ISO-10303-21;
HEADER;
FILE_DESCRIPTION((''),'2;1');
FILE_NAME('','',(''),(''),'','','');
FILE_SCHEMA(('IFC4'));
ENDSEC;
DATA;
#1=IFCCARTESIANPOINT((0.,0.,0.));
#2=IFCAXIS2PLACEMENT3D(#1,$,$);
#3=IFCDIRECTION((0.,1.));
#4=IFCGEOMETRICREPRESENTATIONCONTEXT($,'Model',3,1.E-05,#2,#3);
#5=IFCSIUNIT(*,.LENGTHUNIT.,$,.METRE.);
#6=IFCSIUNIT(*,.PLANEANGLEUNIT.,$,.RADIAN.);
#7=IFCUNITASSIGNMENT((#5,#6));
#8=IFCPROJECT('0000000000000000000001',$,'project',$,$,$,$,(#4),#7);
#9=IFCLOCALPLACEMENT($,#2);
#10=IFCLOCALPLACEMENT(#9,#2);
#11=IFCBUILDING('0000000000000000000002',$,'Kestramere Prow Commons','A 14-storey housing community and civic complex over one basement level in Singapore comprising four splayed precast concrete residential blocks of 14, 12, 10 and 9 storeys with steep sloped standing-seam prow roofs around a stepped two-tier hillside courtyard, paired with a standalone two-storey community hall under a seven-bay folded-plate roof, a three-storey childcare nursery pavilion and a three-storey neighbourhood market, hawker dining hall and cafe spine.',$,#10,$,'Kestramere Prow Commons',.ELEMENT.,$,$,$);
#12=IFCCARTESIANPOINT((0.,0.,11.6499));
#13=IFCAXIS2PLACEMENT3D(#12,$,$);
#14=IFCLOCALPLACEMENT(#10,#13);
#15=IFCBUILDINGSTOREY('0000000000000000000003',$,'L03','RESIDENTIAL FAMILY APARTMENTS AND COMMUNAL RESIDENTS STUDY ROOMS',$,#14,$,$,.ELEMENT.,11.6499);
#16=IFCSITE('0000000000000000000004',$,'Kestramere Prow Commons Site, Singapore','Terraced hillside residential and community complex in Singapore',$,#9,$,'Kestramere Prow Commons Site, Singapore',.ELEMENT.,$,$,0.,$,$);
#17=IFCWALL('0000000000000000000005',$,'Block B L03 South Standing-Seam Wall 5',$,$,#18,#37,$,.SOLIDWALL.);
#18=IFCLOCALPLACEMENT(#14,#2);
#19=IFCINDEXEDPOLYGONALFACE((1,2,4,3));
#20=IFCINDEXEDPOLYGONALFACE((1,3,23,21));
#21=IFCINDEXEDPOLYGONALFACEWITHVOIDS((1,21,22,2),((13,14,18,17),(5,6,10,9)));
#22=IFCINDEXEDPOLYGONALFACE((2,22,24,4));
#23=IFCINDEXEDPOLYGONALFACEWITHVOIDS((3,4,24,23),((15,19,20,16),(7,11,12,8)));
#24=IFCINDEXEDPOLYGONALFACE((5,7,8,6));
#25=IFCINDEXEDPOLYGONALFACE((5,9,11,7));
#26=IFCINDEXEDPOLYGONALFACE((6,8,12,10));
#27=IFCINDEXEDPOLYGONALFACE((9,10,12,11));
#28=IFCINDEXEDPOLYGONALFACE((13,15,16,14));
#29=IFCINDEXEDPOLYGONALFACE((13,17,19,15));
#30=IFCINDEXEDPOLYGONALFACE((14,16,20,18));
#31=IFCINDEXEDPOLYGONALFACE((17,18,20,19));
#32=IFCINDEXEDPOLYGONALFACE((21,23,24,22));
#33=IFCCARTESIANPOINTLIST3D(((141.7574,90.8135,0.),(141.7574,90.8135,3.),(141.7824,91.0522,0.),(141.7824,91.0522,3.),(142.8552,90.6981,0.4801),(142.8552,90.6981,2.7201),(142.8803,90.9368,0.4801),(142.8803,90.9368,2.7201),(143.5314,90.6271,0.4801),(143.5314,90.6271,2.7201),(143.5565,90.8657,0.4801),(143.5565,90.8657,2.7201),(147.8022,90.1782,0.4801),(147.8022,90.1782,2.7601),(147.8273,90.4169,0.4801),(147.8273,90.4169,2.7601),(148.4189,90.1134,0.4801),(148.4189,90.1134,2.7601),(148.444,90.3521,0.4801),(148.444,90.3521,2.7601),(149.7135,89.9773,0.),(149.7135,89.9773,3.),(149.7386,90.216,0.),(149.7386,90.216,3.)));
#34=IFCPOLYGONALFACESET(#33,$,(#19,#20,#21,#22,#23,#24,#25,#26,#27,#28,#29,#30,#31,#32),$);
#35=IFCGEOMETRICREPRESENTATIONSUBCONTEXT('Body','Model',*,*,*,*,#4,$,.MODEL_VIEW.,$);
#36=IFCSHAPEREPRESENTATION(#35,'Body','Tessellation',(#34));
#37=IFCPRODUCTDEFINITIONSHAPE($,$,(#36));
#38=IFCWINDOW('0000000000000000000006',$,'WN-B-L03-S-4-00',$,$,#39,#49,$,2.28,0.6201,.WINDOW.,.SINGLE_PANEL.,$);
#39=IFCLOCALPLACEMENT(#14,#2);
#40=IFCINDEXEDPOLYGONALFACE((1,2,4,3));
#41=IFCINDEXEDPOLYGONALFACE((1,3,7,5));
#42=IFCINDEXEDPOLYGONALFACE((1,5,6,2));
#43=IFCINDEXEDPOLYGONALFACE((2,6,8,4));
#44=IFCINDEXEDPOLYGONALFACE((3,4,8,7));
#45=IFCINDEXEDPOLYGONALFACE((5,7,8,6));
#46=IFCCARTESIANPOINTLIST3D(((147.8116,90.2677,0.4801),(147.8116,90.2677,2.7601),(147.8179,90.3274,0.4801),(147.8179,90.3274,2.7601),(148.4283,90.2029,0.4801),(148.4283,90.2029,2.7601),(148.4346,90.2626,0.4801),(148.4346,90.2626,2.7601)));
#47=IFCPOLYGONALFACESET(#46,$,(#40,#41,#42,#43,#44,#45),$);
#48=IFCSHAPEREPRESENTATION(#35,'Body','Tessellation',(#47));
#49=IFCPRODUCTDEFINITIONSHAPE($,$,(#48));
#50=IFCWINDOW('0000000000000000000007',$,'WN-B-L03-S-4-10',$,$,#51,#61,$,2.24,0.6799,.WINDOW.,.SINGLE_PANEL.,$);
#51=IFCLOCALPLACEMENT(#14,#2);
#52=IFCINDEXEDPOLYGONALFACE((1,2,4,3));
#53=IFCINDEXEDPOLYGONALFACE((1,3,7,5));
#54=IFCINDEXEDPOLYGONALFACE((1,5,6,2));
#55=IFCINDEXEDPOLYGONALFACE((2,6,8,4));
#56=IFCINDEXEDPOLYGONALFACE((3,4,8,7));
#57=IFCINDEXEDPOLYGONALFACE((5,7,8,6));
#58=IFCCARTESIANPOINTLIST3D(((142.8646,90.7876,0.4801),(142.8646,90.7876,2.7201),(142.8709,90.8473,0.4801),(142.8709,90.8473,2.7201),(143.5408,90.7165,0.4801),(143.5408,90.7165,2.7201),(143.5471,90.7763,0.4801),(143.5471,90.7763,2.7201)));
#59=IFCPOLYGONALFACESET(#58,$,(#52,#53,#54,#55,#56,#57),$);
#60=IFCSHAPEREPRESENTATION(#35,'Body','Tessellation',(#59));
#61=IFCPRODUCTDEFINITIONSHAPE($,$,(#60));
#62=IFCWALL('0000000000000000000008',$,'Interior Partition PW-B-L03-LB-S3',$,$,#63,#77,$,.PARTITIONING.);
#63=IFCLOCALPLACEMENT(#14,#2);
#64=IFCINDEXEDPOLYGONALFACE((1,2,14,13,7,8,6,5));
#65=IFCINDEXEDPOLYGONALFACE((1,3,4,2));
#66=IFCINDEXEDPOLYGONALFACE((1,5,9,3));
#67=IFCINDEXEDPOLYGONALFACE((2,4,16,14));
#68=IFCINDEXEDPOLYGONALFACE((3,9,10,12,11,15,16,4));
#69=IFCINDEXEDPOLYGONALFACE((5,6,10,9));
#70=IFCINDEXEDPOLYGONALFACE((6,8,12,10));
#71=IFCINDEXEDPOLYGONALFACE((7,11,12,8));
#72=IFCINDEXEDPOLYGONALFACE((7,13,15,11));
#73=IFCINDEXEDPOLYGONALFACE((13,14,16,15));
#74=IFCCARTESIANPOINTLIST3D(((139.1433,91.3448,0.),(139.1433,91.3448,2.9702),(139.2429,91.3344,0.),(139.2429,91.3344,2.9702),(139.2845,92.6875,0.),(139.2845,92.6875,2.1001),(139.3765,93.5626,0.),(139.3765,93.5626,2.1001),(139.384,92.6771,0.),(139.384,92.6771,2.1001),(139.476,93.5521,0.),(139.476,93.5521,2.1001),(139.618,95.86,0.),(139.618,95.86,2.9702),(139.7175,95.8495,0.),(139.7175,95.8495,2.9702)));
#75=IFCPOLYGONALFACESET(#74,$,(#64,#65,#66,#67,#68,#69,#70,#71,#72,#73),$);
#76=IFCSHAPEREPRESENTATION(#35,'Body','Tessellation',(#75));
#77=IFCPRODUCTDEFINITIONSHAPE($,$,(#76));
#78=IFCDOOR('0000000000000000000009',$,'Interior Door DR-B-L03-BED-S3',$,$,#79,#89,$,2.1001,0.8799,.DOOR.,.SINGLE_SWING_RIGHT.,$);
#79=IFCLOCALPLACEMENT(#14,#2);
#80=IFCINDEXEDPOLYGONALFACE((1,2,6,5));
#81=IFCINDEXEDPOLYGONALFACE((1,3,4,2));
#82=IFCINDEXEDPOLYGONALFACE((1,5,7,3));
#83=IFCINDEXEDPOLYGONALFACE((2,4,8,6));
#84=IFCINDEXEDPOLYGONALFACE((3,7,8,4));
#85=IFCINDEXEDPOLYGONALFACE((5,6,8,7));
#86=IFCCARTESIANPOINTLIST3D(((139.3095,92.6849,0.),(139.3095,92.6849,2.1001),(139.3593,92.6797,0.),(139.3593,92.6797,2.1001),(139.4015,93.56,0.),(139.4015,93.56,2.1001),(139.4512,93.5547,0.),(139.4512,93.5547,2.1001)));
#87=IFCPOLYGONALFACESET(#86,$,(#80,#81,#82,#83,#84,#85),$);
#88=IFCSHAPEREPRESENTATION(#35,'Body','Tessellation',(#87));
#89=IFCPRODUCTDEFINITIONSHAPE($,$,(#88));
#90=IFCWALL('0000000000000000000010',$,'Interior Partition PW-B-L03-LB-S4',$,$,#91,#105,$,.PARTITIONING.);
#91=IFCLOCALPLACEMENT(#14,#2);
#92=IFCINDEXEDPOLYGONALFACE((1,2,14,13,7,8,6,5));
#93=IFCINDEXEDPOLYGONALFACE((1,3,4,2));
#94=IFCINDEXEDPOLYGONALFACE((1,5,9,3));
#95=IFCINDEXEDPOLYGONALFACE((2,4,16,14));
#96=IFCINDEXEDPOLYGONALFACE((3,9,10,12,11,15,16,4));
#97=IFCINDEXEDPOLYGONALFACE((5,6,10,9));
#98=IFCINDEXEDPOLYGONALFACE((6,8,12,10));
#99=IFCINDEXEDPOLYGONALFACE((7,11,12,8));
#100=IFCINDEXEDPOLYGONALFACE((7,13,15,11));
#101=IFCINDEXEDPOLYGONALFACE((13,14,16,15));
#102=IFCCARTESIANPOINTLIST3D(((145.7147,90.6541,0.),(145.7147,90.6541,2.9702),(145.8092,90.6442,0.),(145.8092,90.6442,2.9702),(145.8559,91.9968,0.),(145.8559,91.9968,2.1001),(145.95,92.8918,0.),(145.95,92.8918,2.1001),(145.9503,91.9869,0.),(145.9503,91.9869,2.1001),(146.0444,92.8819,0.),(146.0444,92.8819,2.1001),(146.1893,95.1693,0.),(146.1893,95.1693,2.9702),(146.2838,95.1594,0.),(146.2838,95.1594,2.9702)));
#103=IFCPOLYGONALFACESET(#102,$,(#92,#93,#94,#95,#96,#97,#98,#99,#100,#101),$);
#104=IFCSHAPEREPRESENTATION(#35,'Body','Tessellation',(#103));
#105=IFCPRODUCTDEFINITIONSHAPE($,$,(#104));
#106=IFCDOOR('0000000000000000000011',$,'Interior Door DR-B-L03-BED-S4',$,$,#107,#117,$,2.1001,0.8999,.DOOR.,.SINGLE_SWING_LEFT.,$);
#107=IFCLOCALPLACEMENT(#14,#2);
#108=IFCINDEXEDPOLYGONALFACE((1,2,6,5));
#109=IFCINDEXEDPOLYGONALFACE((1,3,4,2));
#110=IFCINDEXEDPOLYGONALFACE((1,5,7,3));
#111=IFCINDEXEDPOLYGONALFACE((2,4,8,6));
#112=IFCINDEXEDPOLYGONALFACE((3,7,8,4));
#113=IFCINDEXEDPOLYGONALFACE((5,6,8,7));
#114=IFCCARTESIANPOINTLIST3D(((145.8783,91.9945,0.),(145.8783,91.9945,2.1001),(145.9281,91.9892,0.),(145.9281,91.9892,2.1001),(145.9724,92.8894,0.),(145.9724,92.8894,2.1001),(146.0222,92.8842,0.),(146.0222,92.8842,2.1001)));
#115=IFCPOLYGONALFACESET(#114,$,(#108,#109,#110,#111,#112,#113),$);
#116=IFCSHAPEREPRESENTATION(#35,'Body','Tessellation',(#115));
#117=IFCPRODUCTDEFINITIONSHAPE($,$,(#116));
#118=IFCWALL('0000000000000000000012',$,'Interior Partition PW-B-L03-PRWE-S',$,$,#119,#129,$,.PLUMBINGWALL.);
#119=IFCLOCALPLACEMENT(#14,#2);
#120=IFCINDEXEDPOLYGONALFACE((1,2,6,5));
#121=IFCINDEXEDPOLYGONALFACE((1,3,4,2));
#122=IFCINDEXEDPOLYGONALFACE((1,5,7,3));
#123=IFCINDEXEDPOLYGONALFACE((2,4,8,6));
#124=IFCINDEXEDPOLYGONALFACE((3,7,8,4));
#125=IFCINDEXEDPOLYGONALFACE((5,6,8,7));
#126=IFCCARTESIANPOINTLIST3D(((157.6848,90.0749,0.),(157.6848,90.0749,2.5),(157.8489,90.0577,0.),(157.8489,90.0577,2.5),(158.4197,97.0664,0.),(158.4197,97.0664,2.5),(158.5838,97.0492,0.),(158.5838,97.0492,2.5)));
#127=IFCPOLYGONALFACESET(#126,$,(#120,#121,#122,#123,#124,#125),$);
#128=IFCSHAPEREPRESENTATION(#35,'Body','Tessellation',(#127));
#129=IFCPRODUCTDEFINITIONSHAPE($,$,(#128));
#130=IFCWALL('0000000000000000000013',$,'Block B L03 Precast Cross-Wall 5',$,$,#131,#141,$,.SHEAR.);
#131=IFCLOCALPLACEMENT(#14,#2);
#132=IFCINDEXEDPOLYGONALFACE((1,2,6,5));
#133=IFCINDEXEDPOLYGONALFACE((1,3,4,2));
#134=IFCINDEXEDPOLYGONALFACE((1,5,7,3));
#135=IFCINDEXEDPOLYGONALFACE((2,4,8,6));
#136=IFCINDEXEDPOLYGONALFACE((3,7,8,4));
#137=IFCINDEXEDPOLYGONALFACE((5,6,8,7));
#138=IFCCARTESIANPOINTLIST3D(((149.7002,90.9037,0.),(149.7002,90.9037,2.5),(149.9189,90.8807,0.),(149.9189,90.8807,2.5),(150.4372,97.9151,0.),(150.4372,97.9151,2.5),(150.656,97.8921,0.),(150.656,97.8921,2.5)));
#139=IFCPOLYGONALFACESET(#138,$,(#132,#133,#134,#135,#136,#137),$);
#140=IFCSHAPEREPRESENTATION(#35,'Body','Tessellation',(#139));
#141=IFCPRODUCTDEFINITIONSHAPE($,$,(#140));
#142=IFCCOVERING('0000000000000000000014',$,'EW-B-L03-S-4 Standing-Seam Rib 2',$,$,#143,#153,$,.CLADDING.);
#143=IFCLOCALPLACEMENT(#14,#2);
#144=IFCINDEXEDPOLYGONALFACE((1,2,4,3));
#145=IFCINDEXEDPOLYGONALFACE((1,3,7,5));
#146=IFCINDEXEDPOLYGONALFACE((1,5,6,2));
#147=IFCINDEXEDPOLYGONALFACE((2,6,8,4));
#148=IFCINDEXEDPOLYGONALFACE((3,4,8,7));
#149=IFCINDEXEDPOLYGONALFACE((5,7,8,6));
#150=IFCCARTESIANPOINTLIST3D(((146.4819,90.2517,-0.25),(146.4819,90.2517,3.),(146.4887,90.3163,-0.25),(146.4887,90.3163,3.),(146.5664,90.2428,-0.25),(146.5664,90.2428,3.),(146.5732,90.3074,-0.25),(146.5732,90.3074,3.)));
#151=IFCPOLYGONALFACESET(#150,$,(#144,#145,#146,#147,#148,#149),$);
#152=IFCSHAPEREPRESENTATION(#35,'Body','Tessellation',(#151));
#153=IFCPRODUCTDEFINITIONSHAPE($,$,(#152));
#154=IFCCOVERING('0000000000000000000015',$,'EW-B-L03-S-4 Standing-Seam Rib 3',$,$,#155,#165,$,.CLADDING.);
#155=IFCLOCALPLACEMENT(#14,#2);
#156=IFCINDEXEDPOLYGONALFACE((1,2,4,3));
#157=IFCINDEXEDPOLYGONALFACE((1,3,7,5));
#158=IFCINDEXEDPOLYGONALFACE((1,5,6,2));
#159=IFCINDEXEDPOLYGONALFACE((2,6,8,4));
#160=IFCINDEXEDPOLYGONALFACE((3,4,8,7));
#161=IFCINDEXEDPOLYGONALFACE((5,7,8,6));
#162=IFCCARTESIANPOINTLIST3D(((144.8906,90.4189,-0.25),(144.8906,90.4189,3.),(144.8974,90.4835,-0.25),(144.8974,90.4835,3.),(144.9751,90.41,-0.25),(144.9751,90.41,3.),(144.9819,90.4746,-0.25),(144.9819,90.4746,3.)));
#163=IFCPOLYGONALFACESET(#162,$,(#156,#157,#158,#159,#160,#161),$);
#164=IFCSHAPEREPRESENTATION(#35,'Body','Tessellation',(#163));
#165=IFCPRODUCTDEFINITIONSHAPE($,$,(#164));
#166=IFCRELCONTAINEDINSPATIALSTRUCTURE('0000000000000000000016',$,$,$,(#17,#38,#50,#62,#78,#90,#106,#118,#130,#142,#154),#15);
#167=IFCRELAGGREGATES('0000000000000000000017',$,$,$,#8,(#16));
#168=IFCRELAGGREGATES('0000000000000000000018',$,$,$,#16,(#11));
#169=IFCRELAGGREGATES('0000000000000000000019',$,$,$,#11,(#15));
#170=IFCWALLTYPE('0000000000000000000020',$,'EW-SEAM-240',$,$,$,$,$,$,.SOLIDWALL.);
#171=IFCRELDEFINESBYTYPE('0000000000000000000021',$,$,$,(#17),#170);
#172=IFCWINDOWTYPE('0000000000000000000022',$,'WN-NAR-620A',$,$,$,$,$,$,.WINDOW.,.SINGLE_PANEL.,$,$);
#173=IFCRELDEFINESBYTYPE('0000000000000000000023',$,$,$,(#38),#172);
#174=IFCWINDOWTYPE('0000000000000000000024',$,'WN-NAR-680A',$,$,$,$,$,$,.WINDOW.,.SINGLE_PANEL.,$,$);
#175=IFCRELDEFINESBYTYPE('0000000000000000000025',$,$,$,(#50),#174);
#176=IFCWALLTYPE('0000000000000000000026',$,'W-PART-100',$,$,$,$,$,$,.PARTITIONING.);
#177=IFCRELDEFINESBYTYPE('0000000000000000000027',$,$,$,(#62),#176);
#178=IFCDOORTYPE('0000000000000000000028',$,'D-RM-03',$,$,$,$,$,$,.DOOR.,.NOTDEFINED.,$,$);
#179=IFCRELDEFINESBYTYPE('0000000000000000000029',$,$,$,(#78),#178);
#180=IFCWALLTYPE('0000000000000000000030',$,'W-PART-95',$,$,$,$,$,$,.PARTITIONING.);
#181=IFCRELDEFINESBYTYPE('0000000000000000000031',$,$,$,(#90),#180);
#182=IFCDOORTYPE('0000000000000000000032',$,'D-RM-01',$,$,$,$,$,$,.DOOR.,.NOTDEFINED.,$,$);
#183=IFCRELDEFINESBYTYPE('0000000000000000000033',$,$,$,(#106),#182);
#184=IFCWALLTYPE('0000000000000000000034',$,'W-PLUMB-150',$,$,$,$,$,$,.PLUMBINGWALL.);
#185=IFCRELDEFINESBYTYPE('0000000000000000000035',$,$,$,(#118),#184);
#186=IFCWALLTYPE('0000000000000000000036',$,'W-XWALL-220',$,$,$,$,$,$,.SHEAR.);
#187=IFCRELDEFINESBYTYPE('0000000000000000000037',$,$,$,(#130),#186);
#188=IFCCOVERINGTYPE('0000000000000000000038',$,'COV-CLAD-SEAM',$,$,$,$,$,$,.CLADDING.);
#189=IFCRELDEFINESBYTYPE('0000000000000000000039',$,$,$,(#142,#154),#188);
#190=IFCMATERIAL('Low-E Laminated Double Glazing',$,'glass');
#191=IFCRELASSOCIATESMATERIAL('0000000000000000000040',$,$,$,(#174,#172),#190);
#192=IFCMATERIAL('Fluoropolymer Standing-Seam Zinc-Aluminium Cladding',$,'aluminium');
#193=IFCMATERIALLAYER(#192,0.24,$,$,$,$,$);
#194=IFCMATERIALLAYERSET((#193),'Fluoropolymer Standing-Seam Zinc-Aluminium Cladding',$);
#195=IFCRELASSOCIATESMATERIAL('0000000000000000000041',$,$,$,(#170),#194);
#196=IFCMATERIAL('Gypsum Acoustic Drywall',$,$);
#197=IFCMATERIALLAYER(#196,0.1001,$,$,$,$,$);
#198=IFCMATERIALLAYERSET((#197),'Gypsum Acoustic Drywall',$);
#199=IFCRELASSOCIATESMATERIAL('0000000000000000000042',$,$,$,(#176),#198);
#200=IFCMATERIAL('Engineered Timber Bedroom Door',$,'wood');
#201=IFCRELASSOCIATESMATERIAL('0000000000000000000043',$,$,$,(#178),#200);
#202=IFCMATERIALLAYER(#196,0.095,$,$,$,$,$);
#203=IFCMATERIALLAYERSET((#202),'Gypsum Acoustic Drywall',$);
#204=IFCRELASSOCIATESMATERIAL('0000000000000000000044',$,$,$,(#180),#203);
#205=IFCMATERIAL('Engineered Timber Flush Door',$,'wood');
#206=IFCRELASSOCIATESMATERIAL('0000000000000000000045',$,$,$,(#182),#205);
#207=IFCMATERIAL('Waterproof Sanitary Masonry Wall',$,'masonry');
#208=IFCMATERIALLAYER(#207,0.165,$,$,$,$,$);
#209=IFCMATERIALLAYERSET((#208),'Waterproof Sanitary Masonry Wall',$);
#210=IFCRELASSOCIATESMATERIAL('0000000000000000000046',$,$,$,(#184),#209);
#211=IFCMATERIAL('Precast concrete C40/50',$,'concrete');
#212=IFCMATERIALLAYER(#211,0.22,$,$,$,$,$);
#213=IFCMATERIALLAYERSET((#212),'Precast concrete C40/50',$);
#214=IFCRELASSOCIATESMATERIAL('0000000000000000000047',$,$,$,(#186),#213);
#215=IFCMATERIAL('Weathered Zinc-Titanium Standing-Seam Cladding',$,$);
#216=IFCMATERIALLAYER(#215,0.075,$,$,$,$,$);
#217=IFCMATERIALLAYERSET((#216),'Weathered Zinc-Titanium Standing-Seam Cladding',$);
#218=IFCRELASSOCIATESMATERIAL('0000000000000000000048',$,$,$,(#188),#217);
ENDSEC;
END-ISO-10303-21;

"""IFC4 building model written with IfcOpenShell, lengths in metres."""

from ifc_helpers import new_model, si_unit, direction, frame, frame_2d, origin, origin_2d, place, context, subcontext, project, spatial, rectangle, extrude, material, layer, layer_set, type_object, element, fill, save


model = new_model("IFC4")

# Units and contexts
model_context = context("Model", 3, precision=1e-05, world=origin(), true_north=direction((0.0, 1.0)))
body_context = subcontext(model_context, "Body", "Model", "MODEL_VIEW")
ifc_project = project(units=[si_unit("LENGTHUNIT", "METRE"), si_unit("PLANEANGLEUNIT", "RADIAN")], contexts=[model_context])

# Site, building, storey
site_placement = place(None, origin())
site = spatial("IfcSite", under=ifc_project, at=site_placement, Name="Kestramere Prow Commons Site, Singapore", Description="Terraced hillside residential and community complex in Singapore", LongName="Kestramere Prow Commons Site, Singapore", CompositionType="ELEMENT", RefElevation=0.0)
building_placement = place(site_placement, origin())
building = spatial("IfcBuilding", under=site, at=building_placement, Name="Kestramere Prow Commons", Description="A 14-storey housing community and civic complex over one basement level in Singapore comprising four splayed precast concrete residential blocks of 14, 12, 10 and 9 storeys with steep sloped standing-seam prow roofs around a stepped two-tier hillside courtyard, paired with a standalone two-storey community hall under a seven-bay folded-plate roof, a three-storey childcare nursery pavilion and a three-storey neighbourhood market, hawker dining hall and cafe spine.", LongName="Kestramere Prow Commons", CompositionType="ELEMENT")
storey_placement = place(building_placement, frame((0.0, 0.0, 11.6499)))
storey = spatial("IfcBuildingStorey", under=building, at=storey_placement, Name="L03", Description="RESIDENTIAL FAMILY APARTMENTS AND COMMUNAL RESIDENTS STUDY ROOMS", CompositionType="ELEMENT", Elevation=11.6499)

# Shared definitions
ifc_material_1 = material(Name="Precast concrete C40/50", Category="concrete")

# Shared definitions
ifc_material_2 = material(Name="Weathered Zinc-Titanium Standing-Seam Cladding")
ifc_material_3 = material(Name="Low-E Laminated Double Glazing", Category="glass")
window_type_1 = type_object("IfcWindowType", Name="WN-NAR-680A", PartitioningType="SINGLE_PANEL", PredefinedType="WINDOW", material=ifc_material_3)

# Shared definitions
ifc_material_4 = material(Name="Fluoropolymer Standing-Seam Zinc-Aluminium Cladding", Category="aluminium")
ifc_layer_1 = layer(ifc_material_4, 0.24)
ifc_layer_set_1 = layer_set([ifc_layer_1], Name="Fluoropolymer Standing-Seam Zinc-Aluminium Cladding")
wall_type_1 = type_object("IfcWallType", Name="EW-SEAM-240", PredefinedType="SOLIDWALL", material=ifc_layer_set_1)

# Wall, openings, windows
wall_1_placement = place(storey_placement, frame((149.7261, 90.0967, 0.0), z_axis=(0.0, 0.0, 1.0), x_axis=(-0.994523, 0.104521, 0.0)))
wall_1 = element("IfcWall", 1, at=wall_1_placement, inside=storey, type_object=wall_type_1, Name="Block B L03 South Standing-Seam Wall 5", PredefinedType="SOLIDWALL", context=body_context, shape_type="SweptSolid", body=[
    extrude(rectangle(XDim=8.0, YDim=0.24, at=frame_2d((4.0, 0.0))), origin(), (0.0, 0.0, 1.0), 3.0),
])
opening_1_placement = place(wall_1_placement, frame((1.3018, 0.0, 0.48)))
opening_1 = element("IfcOpeningElement", 2, at=opening_1_placement, cuts=wall_1, PredefinedType="OPENING", context=body_context, shape_type="SweptSolid", body=[
    extrude(rectangle(XDim=0.6201, YDim=2.28, at=frame_2d((0.3101, 1.1401))), frame((0.0, 0.135, 0.0), z_axis=(0.0, -1.0, 0.0), x_axis=(1.0, 0.0, 0.0)), (0.0, 0.0, 1.0), 0.27),
])
opening_2_placement = place(wall_1_placement, frame((6.2163, 0.0, 0.48)))
opening_2 = element("IfcOpeningElement", 3, at=opening_2_placement, cuts=wall_1, PredefinedType="OPENING", context=body_context, shape_type="SweptSolid", body=[
    extrude(rectangle(XDim=0.6799, YDim=2.24, at=frame_2d((0.3398, 1.1201))), frame((0.0, 0.135, 0.0), z_axis=(0.0, -1.0, 0.0), x_axis=(1.0, 0.0, 0.0)), (0.0, 0.0, 1.0), 0.27),
])
window_type_2 = type_object("IfcWindowType", Name="WN-NAR-620A", PartitioningType="SINGLE_PANEL", PredefinedType="WINDOW", material=ifc_material_3)
window_1_placement = place(opening_1_placement, origin())
window_1 = element("IfcWindow", 4, at=window_1_placement, inside=storey, type_object=window_type_2, Name="WN-B-L03-S-4-00", OverallHeight=2.28, OverallWidth=0.6201, PartitioningType="SINGLE_PANEL", PredefinedType="WINDOW", context=body_context, shape_type="SweptSolid", body=[
    extrude(rectangle(XDim=0.6201, YDim=2.28, at=frame_2d((0.3101, 1.1401))), frame((0.0, 0.03, 0.0), z_axis=(0.0, -1.0, 0.0), x_axis=(1.0, 0.0, 0.0)), (0.0, 0.0, 1.0), 0.0601),
])
fill(opening_1, window_1)
window_2_placement = place(opening_2_placement, origin())
window_2 = element("IfcWindow", 5, at=window_2_placement, inside=storey, type_object=window_type_1, Name="WN-B-L03-S-4-10", OverallHeight=2.24, OverallWidth=0.6799, PartitioningType="SINGLE_PANEL", PredefinedType="WINDOW", context=body_context, shape_type="SweptSolid", body=[
    extrude(rectangle(XDim=0.6799, YDim=2.24, at=frame_2d((0.3398, 1.1201))), frame((0.0, 0.03, 0.0), z_axis=(0.0, -1.0, 0.0), x_axis=(1.0, 0.0, 0.0)), (0.0, 0.0, 1.0), 0.0601),
])
fill(opening_2, window_2)

# Walls, openings, doors
ifc_material_5 = material(Name="Gypsum Acoustic Drywall")
ifc_layer_2 = layer(ifc_material_5, 0.1001)
ifc_layer_set_2 = layer_set([ifc_layer_2], Name="Gypsum Acoustic Drywall")
wall_type_2 = type_object("IfcWallType", Name="W-PART-100", PredefinedType="PARTITIONING", material=ifc_layer_set_2)
wall_2_placement = place(storey_placement, frame((139.1931, 91.3396, 0.0), z_axis=(0.0, 0.0, 1.0), x_axis=(0.104539, 0.994521, 0.0)))
wall_2 = element("IfcWall", 6, at=wall_2_placement, inside=storey, type_object=wall_type_2, Name="Interior Partition PW-B-L03-LB-S3", PredefinedType="PARTITIONING", context=body_context, shape_type="SweptSolid", body=[
    extrude(rectangle(XDim=4.54, YDim=0.1001, at=frame_2d((2.27, 0.0))), origin(), (0.0, 0.0, 1.0), 2.9702),
])
opening_3_placement = place(wall_2_placement, frame((1.3501, 0.0, 0.0)))
opening_3 = element("IfcOpeningElement", 7, at=opening_3_placement, cuts=wall_2, PredefinedType="OPENING", context=body_context, shape_type="SweptSolid", body=[
    extrude(rectangle(XDim=0.8799, YDim=2.1001, at=frame_2d((0.4399, 1.05))), frame((0.0, 0.0649, 0.0), z_axis=(0.0, -1.0, 0.0), x_axis=(1.0, 0.0, 0.0)), (0.0, 0.0, 1.0), 0.1301),
])
ifc_material_6 = material(Name="Engineered Timber Bedroom Door", Category="wood")
door_type_1 = type_object("IfcDoorType", Name="D-RM-03", OperationType="NOTDEFINED", PredefinedType="DOOR", material=ifc_material_6)
door_1_placement = place(opening_3_placement, origin())
door_1 = element("IfcDoor", 8, at=door_1_placement, inside=storey, type_object=door_type_1, Name="Interior Door DR-B-L03-BED-S3", OperationType="SINGLE_SWING_RIGHT", OverallHeight=2.1001, OverallWidth=0.8799, PredefinedType="DOOR", context=body_context, shape_type="SweptSolid", body=[
    extrude(rectangle(XDim=0.8799, YDim=2.1001, at=frame_2d((0.4399, 1.05))), frame((0.0, 0.0249, 0.0), z_axis=(0.0, -1.0, 0.0), x_axis=(1.0, 0.0, 0.0)), (0.0, 0.0, 1.0), 0.05),
])
fill(opening_3, door_1)
ifc_layer_3 = layer(ifc_material_5, 0.095)
ifc_layer_set_3 = layer_set([ifc_layer_3], Name="Gypsum Acoustic Drywall")
wall_type_3 = type_object("IfcWallType", Name="W-PART-95", PredefinedType="PARTITIONING", material=ifc_layer_set_3)
wall_3_placement = place(storey_placement, frame((145.762, 90.6492, 0.0), z_axis=(0.0, 0.0, 1.0), x_axis=(0.104539, 0.994521, 0.0)))
wall_3 = element("IfcWall", 9, at=wall_3_placement, inside=storey, type_object=wall_type_3, Name="Interior Partition PW-B-L03-LB-S4", PredefinedType="PARTITIONING", context=body_context, shape_type="SweptSolid", body=[
    extrude(rectangle(XDim=4.54, YDim=0.095, at=frame_2d((2.27, 0.0))), origin(), (0.0, 0.0, 1.0), 2.9702),
])
opening_4_placement = place(wall_3_placement, frame((1.3501, 0.0, 0.0)))
opening_4 = element("IfcOpeningElement", 10, at=opening_4_placement, cuts=wall_3, PredefinedType="OPENING", context=body_context, shape_type="SweptSolid", body=[
    extrude(rectangle(XDim=0.8999, YDim=2.1001, at=frame_2d((0.45, 1.05))), frame((0.0, 0.0625, 0.0), z_axis=(0.0, -1.0, 0.0), x_axis=(1.0, 0.0, 0.0)), (0.0, 0.0, 1.0), 0.125),
])
ifc_material_7 = material(Name="Engineered Timber Flush Door", Category="wood")
door_type_2 = type_object("IfcDoorType", Name="D-RM-01", OperationType="NOTDEFINED", PredefinedType="DOOR", material=ifc_material_7)
door_2_placement = place(opening_4_placement, origin())
door_2 = element("IfcDoor", 11, at=door_2_placement, inside=storey, type_object=door_type_2, Name="Interior Door DR-B-L03-BED-S4", OperationType="SINGLE_SWING_LEFT", OverallHeight=2.1001, OverallWidth=0.8999, PredefinedType="DOOR", context=body_context, shape_type="SweptSolid", body=[
    extrude(rectangle(XDim=0.8999, YDim=2.1001, at=frame_2d((0.45, 1.05))), frame((0.0, 0.0249, 0.0), z_axis=(0.0, -1.0, 0.0), x_axis=(1.0, 0.0, 0.0)), (0.0, 0.0, 1.0), 0.05),
])
fill(opening_4, door_2)

# Walls
ifc_material_8 = material(Name="Waterproof Sanitary Masonry Wall", Category="masonry")
ifc_layer_4 = layer(ifc_material_8, 0.165)
ifc_layer_set_4 = layer_set([ifc_layer_4], Name="Waterproof Sanitary Masonry Wall")
wall_type_4 = type_object("IfcWallType", Name="W-PLUMB-150", PredefinedType="PLUMBINGWALL", material=ifc_layer_set_4)
wall_4_placement = place(storey_placement, frame((157.7668, 90.0662, 0.0), z_axis=(0.0, 0.0, 1.0), x_axis=(0.104533, 0.994521, 0.0)))
element("IfcWall", 12, at=wall_4_placement, inside=storey, type_object=wall_type_4, Name="Interior Partition PW-B-L03-PRWE-S", PredefinedType="PLUMBINGWALL", context=body_context, shape_type="SweptSolid", body=[
    extrude(rectangle(XDim=7.03, YDim=0.165, at=frame_2d((3.5151, 0.0))), origin(), (0.0, 0.0, 1.0), 2.5),
])
ifc_layer_5 = layer(ifc_material_1, 0.22)
ifc_layer_set_5 = layer_set([ifc_layer_5], Name="Precast concrete C40/50")
wall_type_5 = type_object("IfcWallType", Name="W-XWALL-220", PredefinedType="SHEAR", material=ifc_layer_set_5)
wall_5_placement = place(storey_placement, frame((149.8096, 90.8923, 0.0), z_axis=(0.0, 0.0, 1.0), x_axis=(0.104546, 0.99452, 0.0)))
element("IfcWall", 13, at=wall_5_placement, inside=storey, type_object=wall_type_5, Name="Block B L03 Precast Cross-Wall 5", PredefinedType="SHEAR", context=body_context, shape_type="SweptSolid", body=[
    extrude(rectangle(XDim=7.05, YDim=0.22, at=frame_2d((3.5249, 0.0))), origin(), (0.0, 0.0, 1.0), 2.5),
])

# Coverings
ifc_layer_6 = layer(ifc_material_2, 0.075)
ifc_layer_set_6 = layer_set([ifc_layer_6], Name="Weathered Zinc-Titanium Standing-Seam Cladding")
covering_type = type_object("IfcCoveringType", Name="COV-CLAD-SEAM", PredefinedType="CLADDING", material=ifc_layer_set_6)
for number, where, z_axis, x_axis, name in (
    (14, (146.5276, 90.2795, -0.25), (0.0, 0.0, 1.0), (-0.994522, 0.104528, 0.0), "EW-B-L03-S-4 Standing-Seam Rib 2"),
    (15, (144.9363, 90.4468, -0.25), (0.0, 0.0, 1.0), (-0.994522, 0.104528, 0.0), "EW-B-L03-S-4 Standing-Seam Rib 3"),
):
    element("IfcCovering", number, at=place(storey_placement, frame(where, z_axis=z_axis, x_axis=x_axis)), inside=storey, type_object=covering_type, Name=name, PredefinedType="CLADDING", context=body_context, shape_type="SweptSolid", body=[
        extrude(rectangle(XDim=0.085, YDim=0.0649, at=origin_2d()), origin(), (0.0, 0.0, 1.0), 3.25),
    ])

save(model, "model.ifc")
